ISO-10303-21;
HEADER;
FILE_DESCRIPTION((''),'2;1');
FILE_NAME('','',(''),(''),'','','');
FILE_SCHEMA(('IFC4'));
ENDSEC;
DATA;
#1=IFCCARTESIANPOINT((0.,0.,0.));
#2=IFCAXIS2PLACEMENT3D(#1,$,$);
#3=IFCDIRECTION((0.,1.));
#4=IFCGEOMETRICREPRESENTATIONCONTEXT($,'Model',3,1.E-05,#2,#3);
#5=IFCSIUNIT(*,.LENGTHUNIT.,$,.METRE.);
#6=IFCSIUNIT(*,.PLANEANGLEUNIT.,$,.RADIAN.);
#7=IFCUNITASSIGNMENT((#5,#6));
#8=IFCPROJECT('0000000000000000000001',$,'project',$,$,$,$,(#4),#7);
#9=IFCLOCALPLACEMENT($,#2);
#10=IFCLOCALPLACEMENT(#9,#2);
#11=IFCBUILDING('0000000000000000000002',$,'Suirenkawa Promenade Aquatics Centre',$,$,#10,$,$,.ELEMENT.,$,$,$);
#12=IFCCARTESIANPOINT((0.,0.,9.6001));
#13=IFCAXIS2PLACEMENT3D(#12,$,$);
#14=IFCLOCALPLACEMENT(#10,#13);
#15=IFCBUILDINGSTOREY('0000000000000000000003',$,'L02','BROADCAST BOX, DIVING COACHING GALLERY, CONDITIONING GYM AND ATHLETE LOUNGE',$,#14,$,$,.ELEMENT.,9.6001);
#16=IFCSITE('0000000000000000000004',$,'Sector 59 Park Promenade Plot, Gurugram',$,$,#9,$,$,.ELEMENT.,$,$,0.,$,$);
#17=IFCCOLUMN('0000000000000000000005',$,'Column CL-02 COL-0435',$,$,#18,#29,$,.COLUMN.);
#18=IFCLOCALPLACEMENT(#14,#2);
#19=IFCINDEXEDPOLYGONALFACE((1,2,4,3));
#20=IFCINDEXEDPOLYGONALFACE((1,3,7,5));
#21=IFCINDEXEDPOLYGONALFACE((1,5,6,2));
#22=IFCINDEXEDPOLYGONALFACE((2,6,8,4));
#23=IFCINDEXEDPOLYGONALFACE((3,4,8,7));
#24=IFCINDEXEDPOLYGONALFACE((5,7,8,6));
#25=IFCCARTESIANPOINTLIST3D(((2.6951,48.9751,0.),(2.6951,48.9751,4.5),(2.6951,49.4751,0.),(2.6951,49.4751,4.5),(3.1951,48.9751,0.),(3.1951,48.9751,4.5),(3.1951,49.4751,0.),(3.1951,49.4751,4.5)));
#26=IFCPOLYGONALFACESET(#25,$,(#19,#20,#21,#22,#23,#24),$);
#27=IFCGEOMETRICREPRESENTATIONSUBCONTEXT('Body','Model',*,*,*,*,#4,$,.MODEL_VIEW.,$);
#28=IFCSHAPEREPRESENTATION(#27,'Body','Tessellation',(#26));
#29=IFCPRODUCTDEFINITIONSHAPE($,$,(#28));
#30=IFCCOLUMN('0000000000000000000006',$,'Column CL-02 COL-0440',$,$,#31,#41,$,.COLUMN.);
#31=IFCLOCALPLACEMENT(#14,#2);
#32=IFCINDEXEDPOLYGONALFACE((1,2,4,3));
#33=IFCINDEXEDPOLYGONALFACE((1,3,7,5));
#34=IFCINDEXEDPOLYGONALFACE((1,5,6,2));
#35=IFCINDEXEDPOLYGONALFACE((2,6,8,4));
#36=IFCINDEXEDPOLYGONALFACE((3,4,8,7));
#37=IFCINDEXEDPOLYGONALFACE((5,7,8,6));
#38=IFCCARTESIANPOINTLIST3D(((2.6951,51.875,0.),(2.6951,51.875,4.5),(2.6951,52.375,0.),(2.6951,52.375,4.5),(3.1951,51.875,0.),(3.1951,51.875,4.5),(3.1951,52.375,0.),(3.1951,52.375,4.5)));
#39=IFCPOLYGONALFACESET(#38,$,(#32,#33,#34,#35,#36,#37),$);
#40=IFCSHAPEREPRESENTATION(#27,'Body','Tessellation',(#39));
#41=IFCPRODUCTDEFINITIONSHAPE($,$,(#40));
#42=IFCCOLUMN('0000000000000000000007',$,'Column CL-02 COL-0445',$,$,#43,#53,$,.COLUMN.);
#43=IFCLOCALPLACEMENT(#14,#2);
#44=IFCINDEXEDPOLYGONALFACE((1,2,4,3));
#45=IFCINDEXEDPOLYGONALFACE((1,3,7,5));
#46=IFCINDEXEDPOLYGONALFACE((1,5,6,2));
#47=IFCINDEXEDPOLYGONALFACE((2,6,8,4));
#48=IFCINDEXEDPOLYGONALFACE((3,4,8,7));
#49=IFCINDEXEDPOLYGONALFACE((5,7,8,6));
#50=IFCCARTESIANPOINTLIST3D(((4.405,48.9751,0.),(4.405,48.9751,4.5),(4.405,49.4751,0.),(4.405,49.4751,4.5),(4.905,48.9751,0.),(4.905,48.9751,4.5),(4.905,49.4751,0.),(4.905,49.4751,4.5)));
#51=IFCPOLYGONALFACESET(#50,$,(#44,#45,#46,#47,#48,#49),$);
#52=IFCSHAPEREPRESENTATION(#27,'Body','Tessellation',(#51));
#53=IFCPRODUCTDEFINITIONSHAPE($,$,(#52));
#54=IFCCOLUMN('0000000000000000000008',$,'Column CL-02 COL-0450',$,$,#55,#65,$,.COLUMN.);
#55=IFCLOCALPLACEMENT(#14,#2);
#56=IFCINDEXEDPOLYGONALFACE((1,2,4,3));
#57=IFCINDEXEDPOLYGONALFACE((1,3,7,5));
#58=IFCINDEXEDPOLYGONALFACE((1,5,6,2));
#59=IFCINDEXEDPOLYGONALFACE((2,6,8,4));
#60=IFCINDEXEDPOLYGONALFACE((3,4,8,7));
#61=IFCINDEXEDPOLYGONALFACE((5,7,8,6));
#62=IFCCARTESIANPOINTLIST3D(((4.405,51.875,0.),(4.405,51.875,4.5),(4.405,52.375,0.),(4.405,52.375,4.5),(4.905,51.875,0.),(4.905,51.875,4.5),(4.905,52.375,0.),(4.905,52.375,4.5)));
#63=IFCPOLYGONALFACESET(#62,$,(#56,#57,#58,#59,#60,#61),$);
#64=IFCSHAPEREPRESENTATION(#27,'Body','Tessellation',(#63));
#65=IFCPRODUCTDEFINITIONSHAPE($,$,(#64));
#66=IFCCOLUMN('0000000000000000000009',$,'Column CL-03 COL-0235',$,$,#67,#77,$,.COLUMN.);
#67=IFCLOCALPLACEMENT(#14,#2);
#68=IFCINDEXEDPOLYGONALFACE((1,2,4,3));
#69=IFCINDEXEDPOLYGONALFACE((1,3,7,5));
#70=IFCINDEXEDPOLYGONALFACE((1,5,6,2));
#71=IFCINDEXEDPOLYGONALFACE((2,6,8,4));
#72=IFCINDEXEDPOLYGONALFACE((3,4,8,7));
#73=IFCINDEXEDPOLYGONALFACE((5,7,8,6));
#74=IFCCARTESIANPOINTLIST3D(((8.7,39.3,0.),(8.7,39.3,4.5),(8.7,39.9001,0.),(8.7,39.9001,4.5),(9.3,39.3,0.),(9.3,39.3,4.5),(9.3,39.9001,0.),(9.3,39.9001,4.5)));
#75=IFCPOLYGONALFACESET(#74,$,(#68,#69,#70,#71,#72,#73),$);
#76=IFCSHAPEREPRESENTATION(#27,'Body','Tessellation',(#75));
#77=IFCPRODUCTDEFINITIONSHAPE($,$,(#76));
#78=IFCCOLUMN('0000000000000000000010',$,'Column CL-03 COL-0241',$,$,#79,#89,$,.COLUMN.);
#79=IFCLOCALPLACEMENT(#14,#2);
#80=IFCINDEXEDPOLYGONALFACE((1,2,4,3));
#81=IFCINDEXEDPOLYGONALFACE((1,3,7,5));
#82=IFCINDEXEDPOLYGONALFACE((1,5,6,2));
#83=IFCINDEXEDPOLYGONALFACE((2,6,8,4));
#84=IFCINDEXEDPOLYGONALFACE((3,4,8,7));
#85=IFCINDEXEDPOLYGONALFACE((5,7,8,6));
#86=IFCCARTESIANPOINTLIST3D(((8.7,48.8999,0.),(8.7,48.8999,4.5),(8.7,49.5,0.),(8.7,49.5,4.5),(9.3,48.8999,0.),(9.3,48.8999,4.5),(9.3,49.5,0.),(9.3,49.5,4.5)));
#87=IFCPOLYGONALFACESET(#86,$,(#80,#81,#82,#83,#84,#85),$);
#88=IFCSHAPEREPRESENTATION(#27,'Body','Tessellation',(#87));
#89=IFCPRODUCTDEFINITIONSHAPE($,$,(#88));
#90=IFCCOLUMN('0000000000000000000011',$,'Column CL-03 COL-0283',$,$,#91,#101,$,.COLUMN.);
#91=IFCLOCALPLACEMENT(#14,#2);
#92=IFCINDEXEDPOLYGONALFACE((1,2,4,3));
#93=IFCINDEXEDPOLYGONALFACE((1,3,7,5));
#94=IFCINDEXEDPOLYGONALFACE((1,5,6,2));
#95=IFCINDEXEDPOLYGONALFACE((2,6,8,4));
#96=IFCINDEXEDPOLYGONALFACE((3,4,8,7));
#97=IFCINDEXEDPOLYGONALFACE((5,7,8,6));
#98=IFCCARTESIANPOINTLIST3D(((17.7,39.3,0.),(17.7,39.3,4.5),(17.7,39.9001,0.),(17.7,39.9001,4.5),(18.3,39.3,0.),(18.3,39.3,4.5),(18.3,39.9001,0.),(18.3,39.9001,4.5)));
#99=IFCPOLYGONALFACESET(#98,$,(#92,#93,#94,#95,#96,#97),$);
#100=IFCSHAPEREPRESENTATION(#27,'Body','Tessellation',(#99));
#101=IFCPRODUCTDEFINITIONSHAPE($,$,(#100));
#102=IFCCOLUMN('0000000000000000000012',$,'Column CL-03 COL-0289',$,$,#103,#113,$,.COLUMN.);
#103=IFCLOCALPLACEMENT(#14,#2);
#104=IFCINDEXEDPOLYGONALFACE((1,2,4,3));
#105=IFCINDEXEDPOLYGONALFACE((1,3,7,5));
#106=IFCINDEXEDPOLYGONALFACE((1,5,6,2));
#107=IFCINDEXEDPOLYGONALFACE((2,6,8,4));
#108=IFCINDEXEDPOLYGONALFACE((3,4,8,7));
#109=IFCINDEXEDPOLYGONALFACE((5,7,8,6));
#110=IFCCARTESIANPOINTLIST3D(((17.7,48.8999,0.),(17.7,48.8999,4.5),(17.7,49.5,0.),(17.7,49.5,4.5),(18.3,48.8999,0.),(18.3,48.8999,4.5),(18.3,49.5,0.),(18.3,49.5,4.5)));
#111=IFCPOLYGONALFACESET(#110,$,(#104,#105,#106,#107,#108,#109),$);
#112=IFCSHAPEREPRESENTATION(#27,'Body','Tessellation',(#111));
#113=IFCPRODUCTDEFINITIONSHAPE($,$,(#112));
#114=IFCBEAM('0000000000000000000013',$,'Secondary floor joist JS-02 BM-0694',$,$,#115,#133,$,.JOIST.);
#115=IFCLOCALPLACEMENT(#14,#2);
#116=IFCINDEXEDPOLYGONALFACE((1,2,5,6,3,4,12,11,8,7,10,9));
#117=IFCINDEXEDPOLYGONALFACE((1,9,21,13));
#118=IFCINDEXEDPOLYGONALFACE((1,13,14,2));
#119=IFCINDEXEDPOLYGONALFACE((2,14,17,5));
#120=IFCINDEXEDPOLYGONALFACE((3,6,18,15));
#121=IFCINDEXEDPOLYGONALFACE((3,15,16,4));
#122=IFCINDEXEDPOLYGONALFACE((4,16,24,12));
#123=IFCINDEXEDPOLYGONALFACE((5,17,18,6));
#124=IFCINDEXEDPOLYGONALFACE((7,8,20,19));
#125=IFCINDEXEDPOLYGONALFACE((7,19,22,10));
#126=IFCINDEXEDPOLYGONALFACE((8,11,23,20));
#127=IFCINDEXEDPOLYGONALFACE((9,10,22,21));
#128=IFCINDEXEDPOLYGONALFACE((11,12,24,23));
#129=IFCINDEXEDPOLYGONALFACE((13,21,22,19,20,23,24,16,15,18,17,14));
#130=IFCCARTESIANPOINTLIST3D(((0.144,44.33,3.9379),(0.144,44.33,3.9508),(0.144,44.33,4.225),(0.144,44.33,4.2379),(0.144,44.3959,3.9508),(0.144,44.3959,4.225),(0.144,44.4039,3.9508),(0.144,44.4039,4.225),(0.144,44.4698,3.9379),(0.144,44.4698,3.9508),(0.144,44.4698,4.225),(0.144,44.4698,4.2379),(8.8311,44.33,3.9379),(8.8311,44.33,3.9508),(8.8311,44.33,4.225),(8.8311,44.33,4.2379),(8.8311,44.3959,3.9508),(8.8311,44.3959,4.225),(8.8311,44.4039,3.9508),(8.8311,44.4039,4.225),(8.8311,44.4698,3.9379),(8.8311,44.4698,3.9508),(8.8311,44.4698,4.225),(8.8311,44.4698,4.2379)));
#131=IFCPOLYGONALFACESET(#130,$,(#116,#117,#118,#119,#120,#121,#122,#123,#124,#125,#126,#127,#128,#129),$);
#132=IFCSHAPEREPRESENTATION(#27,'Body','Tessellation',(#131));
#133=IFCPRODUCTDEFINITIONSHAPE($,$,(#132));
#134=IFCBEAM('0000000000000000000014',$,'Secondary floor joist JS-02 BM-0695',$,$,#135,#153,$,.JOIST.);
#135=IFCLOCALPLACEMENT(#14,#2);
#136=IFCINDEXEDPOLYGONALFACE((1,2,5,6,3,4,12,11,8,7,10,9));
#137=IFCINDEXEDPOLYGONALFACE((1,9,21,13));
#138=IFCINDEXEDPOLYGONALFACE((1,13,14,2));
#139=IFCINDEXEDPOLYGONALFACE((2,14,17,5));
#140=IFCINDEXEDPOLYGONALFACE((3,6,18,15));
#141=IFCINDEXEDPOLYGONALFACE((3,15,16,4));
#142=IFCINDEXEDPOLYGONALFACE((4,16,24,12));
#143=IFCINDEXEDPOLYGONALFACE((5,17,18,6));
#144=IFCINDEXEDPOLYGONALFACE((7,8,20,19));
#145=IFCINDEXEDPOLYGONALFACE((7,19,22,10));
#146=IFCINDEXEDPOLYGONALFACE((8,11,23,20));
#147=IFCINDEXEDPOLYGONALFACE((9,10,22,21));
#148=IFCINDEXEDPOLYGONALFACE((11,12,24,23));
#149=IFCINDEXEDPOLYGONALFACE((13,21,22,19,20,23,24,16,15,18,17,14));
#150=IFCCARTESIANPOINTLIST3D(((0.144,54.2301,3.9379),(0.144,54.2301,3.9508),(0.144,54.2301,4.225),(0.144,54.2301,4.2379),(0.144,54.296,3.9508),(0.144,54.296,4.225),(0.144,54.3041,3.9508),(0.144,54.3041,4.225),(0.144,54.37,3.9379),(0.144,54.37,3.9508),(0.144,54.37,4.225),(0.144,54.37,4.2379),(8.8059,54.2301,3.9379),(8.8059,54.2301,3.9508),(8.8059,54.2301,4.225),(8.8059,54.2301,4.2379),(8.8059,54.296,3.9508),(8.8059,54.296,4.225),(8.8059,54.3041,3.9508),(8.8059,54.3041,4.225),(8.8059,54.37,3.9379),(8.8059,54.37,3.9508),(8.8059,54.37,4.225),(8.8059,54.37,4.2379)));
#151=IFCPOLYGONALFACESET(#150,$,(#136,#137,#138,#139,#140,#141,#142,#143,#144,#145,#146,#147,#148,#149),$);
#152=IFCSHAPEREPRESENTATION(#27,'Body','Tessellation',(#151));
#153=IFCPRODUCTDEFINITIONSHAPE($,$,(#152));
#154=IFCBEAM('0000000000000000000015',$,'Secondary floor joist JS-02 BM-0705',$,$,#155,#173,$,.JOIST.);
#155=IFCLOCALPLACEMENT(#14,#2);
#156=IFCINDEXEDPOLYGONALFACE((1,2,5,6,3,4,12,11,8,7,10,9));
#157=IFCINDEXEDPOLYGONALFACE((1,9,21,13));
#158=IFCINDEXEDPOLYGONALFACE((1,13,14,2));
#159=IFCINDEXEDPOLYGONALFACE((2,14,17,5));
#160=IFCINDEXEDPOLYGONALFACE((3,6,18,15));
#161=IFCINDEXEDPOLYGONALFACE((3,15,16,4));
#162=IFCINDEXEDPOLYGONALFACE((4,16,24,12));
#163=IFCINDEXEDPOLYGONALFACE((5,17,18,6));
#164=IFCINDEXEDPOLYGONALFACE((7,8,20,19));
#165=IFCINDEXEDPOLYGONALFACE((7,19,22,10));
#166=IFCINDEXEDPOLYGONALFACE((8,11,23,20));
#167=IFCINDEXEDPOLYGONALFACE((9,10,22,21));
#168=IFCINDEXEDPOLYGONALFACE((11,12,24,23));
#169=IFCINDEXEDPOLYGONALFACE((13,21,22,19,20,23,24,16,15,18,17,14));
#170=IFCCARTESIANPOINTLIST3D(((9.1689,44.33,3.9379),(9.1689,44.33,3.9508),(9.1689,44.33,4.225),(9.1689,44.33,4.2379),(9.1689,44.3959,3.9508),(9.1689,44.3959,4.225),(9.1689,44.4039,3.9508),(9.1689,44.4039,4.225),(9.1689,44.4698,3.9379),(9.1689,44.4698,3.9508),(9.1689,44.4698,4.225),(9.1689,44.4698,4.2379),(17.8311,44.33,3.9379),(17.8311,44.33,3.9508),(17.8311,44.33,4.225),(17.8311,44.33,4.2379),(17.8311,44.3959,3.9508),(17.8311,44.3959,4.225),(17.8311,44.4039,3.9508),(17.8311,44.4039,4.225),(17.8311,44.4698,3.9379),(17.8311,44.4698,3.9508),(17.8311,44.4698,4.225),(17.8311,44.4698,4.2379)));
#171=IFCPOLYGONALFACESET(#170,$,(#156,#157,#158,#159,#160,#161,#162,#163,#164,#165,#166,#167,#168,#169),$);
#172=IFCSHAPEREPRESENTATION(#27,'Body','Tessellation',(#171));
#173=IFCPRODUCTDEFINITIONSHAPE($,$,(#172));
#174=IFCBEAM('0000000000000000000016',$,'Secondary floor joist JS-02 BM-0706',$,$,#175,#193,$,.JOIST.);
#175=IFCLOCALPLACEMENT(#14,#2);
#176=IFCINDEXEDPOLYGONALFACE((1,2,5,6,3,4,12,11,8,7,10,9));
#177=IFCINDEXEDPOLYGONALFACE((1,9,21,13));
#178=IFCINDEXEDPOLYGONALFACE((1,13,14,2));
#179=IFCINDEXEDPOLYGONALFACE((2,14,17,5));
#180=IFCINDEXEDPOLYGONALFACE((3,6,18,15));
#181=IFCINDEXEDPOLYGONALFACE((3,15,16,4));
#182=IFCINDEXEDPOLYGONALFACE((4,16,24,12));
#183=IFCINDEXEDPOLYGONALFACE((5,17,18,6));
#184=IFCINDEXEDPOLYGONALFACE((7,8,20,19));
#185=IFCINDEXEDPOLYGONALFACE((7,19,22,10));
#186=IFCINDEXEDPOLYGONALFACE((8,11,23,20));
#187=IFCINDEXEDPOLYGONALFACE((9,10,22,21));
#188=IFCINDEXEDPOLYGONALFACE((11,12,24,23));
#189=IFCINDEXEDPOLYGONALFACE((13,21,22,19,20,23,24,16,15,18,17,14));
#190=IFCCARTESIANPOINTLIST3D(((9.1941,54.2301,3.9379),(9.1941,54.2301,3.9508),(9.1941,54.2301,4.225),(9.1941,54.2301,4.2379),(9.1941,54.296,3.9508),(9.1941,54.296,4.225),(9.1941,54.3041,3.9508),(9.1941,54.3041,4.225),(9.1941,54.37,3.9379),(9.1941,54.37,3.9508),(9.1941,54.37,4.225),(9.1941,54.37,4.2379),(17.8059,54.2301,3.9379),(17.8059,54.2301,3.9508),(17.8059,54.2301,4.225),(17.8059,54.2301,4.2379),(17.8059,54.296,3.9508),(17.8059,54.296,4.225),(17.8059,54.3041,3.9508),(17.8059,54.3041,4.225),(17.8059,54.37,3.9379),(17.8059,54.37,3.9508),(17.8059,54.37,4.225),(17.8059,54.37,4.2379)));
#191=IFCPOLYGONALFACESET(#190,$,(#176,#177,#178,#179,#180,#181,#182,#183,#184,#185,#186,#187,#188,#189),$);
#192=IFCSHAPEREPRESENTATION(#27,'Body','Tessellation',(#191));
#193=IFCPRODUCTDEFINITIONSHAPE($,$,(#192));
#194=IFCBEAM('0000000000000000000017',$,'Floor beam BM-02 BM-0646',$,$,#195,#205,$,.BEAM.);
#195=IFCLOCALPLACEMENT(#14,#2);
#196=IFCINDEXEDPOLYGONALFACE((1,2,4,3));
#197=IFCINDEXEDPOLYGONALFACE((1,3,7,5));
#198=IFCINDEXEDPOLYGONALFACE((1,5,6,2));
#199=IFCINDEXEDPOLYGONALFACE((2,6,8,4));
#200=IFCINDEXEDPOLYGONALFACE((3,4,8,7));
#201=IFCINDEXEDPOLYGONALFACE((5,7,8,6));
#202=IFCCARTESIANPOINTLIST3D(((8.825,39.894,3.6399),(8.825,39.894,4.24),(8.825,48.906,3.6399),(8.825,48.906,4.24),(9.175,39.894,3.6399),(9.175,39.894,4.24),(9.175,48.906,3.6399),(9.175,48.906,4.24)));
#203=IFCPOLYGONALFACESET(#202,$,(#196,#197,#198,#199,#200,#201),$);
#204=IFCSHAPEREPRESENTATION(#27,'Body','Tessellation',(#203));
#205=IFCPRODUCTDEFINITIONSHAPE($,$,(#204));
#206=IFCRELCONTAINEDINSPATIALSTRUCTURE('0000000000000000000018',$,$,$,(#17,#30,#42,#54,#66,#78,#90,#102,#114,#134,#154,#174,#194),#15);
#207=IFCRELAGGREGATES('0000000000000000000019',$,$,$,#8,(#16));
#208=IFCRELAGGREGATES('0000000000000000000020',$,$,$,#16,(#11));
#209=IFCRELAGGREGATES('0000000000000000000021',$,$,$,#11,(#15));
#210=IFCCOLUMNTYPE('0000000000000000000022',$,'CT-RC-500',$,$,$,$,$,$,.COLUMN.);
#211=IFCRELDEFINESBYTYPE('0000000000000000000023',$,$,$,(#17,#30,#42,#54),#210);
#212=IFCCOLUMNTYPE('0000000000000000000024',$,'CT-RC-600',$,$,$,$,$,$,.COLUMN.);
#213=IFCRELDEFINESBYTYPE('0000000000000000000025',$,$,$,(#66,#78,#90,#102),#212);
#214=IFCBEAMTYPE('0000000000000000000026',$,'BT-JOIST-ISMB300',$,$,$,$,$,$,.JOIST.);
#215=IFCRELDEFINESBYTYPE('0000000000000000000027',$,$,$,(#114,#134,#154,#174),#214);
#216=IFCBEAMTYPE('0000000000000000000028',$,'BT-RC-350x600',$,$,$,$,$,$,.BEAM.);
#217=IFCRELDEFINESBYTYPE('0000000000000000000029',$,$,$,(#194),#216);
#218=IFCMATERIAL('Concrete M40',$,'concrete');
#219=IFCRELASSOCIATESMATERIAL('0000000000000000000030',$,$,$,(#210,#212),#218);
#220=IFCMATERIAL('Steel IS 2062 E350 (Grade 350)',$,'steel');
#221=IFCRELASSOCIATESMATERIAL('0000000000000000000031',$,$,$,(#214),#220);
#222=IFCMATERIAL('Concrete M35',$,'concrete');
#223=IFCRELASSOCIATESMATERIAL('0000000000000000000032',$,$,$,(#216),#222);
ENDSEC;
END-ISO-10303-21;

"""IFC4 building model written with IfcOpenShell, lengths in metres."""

from ifc_helpers import new_model, si_unit, direction, frame, origin, origin_2d, place, context, subcontext, project, spatial, rectangle, i_section, extrude, material, material_profile, profile_set, type_object, element, save


model = new_model("IFC4")

# Units and contexts
model_context = context("Model", 3, precision=1e-05, world=origin(), true_north=direction((0.0, 1.0)))
body_context = subcontext(model_context, "Body", "Model", "MODEL_VIEW")
ifc_project = project(units=[si_unit("LENGTHUNIT", "METRE"), si_unit("PLANEANGLEUNIT", "RADIAN")], contexts=[model_context])

# Site, building, storey
site_placement = place(None, origin())
site = spatial("IfcSite", under=ifc_project, at=site_placement, Name="Sector 59 Park Promenade Plot, Gurugram", CompositionType="ELEMENT", RefElevation=0.0)
building_placement = place(site_placement, origin())
building = spatial("IfcBuilding", under=site, at=building_placement, Name="Suirenkawa Promenade Aquatics Centre", CompositionType="ELEMENT")
storey_placement = place(building_placement, frame((0.0, 0.0, 9.6001)))
storey = spatial("IfcBuildingStorey", under=building, at=storey_placement, Name="L02", Description="BROADCAST BOX, DIVING COACHING GALLERY, CONDITIONING GYM AND ATHLETE LOUNGE", CompositionType="ELEMENT", Elevation=9.6001)

# Columns
ifc_material_1 = material(Name="Concrete M40", Category="concrete")
ifc_material_profile_1 = material_profile(ifc_material_1, rectangle(XDim=0.5, YDim=0.5, at=origin_2d()), Name="RC COL 500x500", Category="concrete")
ifc_profile_set_1 = profile_set([ifc_material_profile_1], Name="Concrete M40")
column_type_1 = type_object("IfcColumnType", Name="CT-RC-500", PredefinedType="COLUMN", material=ifc_profile_set_1)
for number, where, z_axis, x_axis, name in (
    (1, (2.9451, 49.2251, 0.0), (0.0, 0.0, 1.0), (1.0, 0.0, 0.0), "Column CL-02 COL-0435"),
    (2, (2.9451, 52.125, 0.0), (0.0, 0.0, 1.0), (1.0, 0.0, 0.0), "Column CL-02 COL-0440"),
    (3, (4.655, 49.2251, 0.0), (0.0, 0.0, 1.0), (1.0, 0.0, 0.0), "Column CL-02 COL-0445"),
    (4, (4.655, 52.125, 0.0), (0.0, 0.0, 1.0), (1.0, 0.0, 0.0), "Column CL-02 COL-0450"),
):
    element("IfcColumn", number, at=place(storey_placement, frame(where, z_axis=z_axis, x_axis=x_axis)), inside=storey, type_object=column_type_1, Name=name, PredefinedType="COLUMN", context=body_context, shape_type="SweptSolid", body=[
        extrude(rectangle(XDim=0.5, YDim=0.5, at=origin_2d()), origin(), (0.0, 0.0, 1.0), 4.5),
    ])
ifc_material_profile_2 = material_profile(ifc_material_1, rectangle(XDim=0.6001, YDim=0.6001, at=origin_2d()), Name="RC COL 600x600", Category="concrete")
ifc_profile_set_2 = profile_set([ifc_material_profile_2], Name="Concrete M40")
column_type_2 = type_object("IfcColumnType", Name="CT-RC-600", PredefinedType="COLUMN", material=ifc_profile_set_2)
for number, where, z_axis, x_axis, name in (
    (5, (9.0, 39.6001, 0.0), (0.0, 0.0, 1.0), (1.0, 0.0, 0.0), "Column CL-03 COL-0235"),
    (6, (9.0, 49.2, 0.0), (0.0, 0.0, 1.0), (1.0, 0.0, 0.0), "Column CL-03 COL-0241"),
    (7, (18.0, 39.6001, 0.0), (0.0, 0.0, 1.0), (1.0, 0.0, 0.0), "Column CL-03 COL-0283"),
    (8, (18.0, 49.2, 0.0), (0.0, 0.0, 1.0), (1.0, 0.0, 0.0), "Column CL-03 COL-0289"),
):
    element("IfcColumn", number, at=place(storey_placement, frame(where, z_axis=z_axis, x_axis=x_axis)), inside=storey, type_object=column_type_2, Name=name, PredefinedType="COLUMN", context=body_context, shape_type="SweptSolid", body=[
        extrude(rectangle(XDim=0.6001, YDim=0.6001, at=origin_2d()), origin(), (0.0, 0.0, 1.0), 4.5),
    ])

# Beams
ifc_material_2 = material(Name="Steel IS 2062 E350 (Grade 350)", Category="steel")
ifc_material_profile_3 = material_profile(ifc_material_2, i_section(OverallWidth=0.1399, OverallDepth=0.3, WebThickness=0.0081, FlangeThickness=0.0129, at=origin_2d()), Name="ISMB 300", Category="steel")
ifc_profile_set_3 = profile_set([ifc_material_profile_3], Name="Steel IS 2062 E350 (Grade 350)")
beam_type_1 = type_object("IfcBeamType", Name="BT-JOIST-ISMB300", PredefinedType="JOIST", material=ifc_profile_set_3)
beam_1_placement = place(storey_placement, frame((0.144, 44.3999, 4.0879), z_axis=(1.0, 0.0, 0.0), x_axis=(0.0, 1.0, 0.0)))
element("IfcBeam", 9, at=beam_1_placement, inside=storey, type_object=beam_type_1, Name="Secondary floor joist JS-02 BM-0694", PredefinedType="JOIST", context=body_context, shape_type="SweptSolid", body=[
    extrude(i_section(OverallWidth=0.1399, OverallDepth=0.3, WebThickness=0.0081, FlangeThickness=0.0129, at=origin_2d()), origin(), (0.0, 0.0, 1.0), 8.687),
])
beam_2_placement = place(storey_placement, frame((0.144, 54.3, 4.0879), z_axis=(1.0, 0.0, 0.0), x_axis=(0.0, 1.0, 0.0)))
element("IfcBeam", 10, at=beam_2_placement, inside=storey, type_object=beam_type_1, Name="Secondary floor joist JS-02 BM-0695", PredefinedType="JOIST", context=body_context, shape_type="SweptSolid", body=[
    extrude(i_section(OverallWidth=0.1399, OverallDepth=0.3, WebThickness=0.0081, FlangeThickness=0.0129, at=origin_2d()), origin(), (0.0, 0.0, 1.0), 8.6619),
])
beam_3_placement = place(storey_placement, frame((9.1689, 44.3999, 4.0879), z_axis=(1.0, 0.0, 0.0), x_axis=(0.0, 1.0, 0.0)))
element("IfcBeam", 11, at=beam_3_placement, inside=storey, type_object=beam_type_1, Name="Secondary floor joist JS-02 BM-0705", PredefinedType="JOIST", context=body_context, shape_type="SweptSolid", body=[
    extrude(i_section(OverallWidth=0.1399, OverallDepth=0.3, WebThickness=0.0081, FlangeThickness=0.0129, at=origin_2d()), origin(), (0.0, 0.0, 1.0), 8.6621),
])
beam_4_placement = place(storey_placement, frame((9.1941, 54.3, 4.0879), z_axis=(1.0, 0.0, 0.0), x_axis=(0.0, 1.0, 0.0)))
element("IfcBeam", 12, at=beam_4_placement, inside=storey, type_object=beam_type_1, Name="Secondary floor joist JS-02 BM-0706", PredefinedType="JOIST", context=body_context, shape_type="SweptSolid", body=[
    extrude(i_section(OverallWidth=0.1399, OverallDepth=0.3, WebThickness=0.0081, FlangeThickness=0.0129, at=origin_2d()), origin(), (0.0, 0.0, 1.0), 8.6118),
])
ifc_material_3 = material(Name="Concrete M35", Category="concrete")
ifc_material_profile_4 = material_profile(ifc_material_3, rectangle(XDim=0.3501, YDim=0.6001, at=origin_2d()), Name="RC BM 350x600", Category="concrete")
ifc_profile_set_4 = profile_set([ifc_material_profile_4], Name="Concrete M35")
beam_type_2 = type_object("IfcBeamType", Name="BT-RC-350x600", PredefinedType="BEAM", material=ifc_profile_set_4)
for number, where, z_axis, x_axis, name in (
    (13, (9.0, 39.894, 3.9399), (0.0, 1.0, 0.0), (-1.0, 0.0, 0.0), "Floor beam BM-02 BM-0646"),
):
    element("IfcBeam", number, at=place(storey_placement, frame(where, z_axis=z_axis, x_axis=x_axis)), inside=storey, type_object=beam_type_2, Name=name, PredefinedType="BEAM", context=body_context, shape_type="SweptSolid", body=[
        extrude(rectangle(XDim=0.3501, YDim=0.6001, at=origin_2d()), origin(), (0.0, 0.0, 1.0), 9.012),
    ])

save(model, "model.ifc")
